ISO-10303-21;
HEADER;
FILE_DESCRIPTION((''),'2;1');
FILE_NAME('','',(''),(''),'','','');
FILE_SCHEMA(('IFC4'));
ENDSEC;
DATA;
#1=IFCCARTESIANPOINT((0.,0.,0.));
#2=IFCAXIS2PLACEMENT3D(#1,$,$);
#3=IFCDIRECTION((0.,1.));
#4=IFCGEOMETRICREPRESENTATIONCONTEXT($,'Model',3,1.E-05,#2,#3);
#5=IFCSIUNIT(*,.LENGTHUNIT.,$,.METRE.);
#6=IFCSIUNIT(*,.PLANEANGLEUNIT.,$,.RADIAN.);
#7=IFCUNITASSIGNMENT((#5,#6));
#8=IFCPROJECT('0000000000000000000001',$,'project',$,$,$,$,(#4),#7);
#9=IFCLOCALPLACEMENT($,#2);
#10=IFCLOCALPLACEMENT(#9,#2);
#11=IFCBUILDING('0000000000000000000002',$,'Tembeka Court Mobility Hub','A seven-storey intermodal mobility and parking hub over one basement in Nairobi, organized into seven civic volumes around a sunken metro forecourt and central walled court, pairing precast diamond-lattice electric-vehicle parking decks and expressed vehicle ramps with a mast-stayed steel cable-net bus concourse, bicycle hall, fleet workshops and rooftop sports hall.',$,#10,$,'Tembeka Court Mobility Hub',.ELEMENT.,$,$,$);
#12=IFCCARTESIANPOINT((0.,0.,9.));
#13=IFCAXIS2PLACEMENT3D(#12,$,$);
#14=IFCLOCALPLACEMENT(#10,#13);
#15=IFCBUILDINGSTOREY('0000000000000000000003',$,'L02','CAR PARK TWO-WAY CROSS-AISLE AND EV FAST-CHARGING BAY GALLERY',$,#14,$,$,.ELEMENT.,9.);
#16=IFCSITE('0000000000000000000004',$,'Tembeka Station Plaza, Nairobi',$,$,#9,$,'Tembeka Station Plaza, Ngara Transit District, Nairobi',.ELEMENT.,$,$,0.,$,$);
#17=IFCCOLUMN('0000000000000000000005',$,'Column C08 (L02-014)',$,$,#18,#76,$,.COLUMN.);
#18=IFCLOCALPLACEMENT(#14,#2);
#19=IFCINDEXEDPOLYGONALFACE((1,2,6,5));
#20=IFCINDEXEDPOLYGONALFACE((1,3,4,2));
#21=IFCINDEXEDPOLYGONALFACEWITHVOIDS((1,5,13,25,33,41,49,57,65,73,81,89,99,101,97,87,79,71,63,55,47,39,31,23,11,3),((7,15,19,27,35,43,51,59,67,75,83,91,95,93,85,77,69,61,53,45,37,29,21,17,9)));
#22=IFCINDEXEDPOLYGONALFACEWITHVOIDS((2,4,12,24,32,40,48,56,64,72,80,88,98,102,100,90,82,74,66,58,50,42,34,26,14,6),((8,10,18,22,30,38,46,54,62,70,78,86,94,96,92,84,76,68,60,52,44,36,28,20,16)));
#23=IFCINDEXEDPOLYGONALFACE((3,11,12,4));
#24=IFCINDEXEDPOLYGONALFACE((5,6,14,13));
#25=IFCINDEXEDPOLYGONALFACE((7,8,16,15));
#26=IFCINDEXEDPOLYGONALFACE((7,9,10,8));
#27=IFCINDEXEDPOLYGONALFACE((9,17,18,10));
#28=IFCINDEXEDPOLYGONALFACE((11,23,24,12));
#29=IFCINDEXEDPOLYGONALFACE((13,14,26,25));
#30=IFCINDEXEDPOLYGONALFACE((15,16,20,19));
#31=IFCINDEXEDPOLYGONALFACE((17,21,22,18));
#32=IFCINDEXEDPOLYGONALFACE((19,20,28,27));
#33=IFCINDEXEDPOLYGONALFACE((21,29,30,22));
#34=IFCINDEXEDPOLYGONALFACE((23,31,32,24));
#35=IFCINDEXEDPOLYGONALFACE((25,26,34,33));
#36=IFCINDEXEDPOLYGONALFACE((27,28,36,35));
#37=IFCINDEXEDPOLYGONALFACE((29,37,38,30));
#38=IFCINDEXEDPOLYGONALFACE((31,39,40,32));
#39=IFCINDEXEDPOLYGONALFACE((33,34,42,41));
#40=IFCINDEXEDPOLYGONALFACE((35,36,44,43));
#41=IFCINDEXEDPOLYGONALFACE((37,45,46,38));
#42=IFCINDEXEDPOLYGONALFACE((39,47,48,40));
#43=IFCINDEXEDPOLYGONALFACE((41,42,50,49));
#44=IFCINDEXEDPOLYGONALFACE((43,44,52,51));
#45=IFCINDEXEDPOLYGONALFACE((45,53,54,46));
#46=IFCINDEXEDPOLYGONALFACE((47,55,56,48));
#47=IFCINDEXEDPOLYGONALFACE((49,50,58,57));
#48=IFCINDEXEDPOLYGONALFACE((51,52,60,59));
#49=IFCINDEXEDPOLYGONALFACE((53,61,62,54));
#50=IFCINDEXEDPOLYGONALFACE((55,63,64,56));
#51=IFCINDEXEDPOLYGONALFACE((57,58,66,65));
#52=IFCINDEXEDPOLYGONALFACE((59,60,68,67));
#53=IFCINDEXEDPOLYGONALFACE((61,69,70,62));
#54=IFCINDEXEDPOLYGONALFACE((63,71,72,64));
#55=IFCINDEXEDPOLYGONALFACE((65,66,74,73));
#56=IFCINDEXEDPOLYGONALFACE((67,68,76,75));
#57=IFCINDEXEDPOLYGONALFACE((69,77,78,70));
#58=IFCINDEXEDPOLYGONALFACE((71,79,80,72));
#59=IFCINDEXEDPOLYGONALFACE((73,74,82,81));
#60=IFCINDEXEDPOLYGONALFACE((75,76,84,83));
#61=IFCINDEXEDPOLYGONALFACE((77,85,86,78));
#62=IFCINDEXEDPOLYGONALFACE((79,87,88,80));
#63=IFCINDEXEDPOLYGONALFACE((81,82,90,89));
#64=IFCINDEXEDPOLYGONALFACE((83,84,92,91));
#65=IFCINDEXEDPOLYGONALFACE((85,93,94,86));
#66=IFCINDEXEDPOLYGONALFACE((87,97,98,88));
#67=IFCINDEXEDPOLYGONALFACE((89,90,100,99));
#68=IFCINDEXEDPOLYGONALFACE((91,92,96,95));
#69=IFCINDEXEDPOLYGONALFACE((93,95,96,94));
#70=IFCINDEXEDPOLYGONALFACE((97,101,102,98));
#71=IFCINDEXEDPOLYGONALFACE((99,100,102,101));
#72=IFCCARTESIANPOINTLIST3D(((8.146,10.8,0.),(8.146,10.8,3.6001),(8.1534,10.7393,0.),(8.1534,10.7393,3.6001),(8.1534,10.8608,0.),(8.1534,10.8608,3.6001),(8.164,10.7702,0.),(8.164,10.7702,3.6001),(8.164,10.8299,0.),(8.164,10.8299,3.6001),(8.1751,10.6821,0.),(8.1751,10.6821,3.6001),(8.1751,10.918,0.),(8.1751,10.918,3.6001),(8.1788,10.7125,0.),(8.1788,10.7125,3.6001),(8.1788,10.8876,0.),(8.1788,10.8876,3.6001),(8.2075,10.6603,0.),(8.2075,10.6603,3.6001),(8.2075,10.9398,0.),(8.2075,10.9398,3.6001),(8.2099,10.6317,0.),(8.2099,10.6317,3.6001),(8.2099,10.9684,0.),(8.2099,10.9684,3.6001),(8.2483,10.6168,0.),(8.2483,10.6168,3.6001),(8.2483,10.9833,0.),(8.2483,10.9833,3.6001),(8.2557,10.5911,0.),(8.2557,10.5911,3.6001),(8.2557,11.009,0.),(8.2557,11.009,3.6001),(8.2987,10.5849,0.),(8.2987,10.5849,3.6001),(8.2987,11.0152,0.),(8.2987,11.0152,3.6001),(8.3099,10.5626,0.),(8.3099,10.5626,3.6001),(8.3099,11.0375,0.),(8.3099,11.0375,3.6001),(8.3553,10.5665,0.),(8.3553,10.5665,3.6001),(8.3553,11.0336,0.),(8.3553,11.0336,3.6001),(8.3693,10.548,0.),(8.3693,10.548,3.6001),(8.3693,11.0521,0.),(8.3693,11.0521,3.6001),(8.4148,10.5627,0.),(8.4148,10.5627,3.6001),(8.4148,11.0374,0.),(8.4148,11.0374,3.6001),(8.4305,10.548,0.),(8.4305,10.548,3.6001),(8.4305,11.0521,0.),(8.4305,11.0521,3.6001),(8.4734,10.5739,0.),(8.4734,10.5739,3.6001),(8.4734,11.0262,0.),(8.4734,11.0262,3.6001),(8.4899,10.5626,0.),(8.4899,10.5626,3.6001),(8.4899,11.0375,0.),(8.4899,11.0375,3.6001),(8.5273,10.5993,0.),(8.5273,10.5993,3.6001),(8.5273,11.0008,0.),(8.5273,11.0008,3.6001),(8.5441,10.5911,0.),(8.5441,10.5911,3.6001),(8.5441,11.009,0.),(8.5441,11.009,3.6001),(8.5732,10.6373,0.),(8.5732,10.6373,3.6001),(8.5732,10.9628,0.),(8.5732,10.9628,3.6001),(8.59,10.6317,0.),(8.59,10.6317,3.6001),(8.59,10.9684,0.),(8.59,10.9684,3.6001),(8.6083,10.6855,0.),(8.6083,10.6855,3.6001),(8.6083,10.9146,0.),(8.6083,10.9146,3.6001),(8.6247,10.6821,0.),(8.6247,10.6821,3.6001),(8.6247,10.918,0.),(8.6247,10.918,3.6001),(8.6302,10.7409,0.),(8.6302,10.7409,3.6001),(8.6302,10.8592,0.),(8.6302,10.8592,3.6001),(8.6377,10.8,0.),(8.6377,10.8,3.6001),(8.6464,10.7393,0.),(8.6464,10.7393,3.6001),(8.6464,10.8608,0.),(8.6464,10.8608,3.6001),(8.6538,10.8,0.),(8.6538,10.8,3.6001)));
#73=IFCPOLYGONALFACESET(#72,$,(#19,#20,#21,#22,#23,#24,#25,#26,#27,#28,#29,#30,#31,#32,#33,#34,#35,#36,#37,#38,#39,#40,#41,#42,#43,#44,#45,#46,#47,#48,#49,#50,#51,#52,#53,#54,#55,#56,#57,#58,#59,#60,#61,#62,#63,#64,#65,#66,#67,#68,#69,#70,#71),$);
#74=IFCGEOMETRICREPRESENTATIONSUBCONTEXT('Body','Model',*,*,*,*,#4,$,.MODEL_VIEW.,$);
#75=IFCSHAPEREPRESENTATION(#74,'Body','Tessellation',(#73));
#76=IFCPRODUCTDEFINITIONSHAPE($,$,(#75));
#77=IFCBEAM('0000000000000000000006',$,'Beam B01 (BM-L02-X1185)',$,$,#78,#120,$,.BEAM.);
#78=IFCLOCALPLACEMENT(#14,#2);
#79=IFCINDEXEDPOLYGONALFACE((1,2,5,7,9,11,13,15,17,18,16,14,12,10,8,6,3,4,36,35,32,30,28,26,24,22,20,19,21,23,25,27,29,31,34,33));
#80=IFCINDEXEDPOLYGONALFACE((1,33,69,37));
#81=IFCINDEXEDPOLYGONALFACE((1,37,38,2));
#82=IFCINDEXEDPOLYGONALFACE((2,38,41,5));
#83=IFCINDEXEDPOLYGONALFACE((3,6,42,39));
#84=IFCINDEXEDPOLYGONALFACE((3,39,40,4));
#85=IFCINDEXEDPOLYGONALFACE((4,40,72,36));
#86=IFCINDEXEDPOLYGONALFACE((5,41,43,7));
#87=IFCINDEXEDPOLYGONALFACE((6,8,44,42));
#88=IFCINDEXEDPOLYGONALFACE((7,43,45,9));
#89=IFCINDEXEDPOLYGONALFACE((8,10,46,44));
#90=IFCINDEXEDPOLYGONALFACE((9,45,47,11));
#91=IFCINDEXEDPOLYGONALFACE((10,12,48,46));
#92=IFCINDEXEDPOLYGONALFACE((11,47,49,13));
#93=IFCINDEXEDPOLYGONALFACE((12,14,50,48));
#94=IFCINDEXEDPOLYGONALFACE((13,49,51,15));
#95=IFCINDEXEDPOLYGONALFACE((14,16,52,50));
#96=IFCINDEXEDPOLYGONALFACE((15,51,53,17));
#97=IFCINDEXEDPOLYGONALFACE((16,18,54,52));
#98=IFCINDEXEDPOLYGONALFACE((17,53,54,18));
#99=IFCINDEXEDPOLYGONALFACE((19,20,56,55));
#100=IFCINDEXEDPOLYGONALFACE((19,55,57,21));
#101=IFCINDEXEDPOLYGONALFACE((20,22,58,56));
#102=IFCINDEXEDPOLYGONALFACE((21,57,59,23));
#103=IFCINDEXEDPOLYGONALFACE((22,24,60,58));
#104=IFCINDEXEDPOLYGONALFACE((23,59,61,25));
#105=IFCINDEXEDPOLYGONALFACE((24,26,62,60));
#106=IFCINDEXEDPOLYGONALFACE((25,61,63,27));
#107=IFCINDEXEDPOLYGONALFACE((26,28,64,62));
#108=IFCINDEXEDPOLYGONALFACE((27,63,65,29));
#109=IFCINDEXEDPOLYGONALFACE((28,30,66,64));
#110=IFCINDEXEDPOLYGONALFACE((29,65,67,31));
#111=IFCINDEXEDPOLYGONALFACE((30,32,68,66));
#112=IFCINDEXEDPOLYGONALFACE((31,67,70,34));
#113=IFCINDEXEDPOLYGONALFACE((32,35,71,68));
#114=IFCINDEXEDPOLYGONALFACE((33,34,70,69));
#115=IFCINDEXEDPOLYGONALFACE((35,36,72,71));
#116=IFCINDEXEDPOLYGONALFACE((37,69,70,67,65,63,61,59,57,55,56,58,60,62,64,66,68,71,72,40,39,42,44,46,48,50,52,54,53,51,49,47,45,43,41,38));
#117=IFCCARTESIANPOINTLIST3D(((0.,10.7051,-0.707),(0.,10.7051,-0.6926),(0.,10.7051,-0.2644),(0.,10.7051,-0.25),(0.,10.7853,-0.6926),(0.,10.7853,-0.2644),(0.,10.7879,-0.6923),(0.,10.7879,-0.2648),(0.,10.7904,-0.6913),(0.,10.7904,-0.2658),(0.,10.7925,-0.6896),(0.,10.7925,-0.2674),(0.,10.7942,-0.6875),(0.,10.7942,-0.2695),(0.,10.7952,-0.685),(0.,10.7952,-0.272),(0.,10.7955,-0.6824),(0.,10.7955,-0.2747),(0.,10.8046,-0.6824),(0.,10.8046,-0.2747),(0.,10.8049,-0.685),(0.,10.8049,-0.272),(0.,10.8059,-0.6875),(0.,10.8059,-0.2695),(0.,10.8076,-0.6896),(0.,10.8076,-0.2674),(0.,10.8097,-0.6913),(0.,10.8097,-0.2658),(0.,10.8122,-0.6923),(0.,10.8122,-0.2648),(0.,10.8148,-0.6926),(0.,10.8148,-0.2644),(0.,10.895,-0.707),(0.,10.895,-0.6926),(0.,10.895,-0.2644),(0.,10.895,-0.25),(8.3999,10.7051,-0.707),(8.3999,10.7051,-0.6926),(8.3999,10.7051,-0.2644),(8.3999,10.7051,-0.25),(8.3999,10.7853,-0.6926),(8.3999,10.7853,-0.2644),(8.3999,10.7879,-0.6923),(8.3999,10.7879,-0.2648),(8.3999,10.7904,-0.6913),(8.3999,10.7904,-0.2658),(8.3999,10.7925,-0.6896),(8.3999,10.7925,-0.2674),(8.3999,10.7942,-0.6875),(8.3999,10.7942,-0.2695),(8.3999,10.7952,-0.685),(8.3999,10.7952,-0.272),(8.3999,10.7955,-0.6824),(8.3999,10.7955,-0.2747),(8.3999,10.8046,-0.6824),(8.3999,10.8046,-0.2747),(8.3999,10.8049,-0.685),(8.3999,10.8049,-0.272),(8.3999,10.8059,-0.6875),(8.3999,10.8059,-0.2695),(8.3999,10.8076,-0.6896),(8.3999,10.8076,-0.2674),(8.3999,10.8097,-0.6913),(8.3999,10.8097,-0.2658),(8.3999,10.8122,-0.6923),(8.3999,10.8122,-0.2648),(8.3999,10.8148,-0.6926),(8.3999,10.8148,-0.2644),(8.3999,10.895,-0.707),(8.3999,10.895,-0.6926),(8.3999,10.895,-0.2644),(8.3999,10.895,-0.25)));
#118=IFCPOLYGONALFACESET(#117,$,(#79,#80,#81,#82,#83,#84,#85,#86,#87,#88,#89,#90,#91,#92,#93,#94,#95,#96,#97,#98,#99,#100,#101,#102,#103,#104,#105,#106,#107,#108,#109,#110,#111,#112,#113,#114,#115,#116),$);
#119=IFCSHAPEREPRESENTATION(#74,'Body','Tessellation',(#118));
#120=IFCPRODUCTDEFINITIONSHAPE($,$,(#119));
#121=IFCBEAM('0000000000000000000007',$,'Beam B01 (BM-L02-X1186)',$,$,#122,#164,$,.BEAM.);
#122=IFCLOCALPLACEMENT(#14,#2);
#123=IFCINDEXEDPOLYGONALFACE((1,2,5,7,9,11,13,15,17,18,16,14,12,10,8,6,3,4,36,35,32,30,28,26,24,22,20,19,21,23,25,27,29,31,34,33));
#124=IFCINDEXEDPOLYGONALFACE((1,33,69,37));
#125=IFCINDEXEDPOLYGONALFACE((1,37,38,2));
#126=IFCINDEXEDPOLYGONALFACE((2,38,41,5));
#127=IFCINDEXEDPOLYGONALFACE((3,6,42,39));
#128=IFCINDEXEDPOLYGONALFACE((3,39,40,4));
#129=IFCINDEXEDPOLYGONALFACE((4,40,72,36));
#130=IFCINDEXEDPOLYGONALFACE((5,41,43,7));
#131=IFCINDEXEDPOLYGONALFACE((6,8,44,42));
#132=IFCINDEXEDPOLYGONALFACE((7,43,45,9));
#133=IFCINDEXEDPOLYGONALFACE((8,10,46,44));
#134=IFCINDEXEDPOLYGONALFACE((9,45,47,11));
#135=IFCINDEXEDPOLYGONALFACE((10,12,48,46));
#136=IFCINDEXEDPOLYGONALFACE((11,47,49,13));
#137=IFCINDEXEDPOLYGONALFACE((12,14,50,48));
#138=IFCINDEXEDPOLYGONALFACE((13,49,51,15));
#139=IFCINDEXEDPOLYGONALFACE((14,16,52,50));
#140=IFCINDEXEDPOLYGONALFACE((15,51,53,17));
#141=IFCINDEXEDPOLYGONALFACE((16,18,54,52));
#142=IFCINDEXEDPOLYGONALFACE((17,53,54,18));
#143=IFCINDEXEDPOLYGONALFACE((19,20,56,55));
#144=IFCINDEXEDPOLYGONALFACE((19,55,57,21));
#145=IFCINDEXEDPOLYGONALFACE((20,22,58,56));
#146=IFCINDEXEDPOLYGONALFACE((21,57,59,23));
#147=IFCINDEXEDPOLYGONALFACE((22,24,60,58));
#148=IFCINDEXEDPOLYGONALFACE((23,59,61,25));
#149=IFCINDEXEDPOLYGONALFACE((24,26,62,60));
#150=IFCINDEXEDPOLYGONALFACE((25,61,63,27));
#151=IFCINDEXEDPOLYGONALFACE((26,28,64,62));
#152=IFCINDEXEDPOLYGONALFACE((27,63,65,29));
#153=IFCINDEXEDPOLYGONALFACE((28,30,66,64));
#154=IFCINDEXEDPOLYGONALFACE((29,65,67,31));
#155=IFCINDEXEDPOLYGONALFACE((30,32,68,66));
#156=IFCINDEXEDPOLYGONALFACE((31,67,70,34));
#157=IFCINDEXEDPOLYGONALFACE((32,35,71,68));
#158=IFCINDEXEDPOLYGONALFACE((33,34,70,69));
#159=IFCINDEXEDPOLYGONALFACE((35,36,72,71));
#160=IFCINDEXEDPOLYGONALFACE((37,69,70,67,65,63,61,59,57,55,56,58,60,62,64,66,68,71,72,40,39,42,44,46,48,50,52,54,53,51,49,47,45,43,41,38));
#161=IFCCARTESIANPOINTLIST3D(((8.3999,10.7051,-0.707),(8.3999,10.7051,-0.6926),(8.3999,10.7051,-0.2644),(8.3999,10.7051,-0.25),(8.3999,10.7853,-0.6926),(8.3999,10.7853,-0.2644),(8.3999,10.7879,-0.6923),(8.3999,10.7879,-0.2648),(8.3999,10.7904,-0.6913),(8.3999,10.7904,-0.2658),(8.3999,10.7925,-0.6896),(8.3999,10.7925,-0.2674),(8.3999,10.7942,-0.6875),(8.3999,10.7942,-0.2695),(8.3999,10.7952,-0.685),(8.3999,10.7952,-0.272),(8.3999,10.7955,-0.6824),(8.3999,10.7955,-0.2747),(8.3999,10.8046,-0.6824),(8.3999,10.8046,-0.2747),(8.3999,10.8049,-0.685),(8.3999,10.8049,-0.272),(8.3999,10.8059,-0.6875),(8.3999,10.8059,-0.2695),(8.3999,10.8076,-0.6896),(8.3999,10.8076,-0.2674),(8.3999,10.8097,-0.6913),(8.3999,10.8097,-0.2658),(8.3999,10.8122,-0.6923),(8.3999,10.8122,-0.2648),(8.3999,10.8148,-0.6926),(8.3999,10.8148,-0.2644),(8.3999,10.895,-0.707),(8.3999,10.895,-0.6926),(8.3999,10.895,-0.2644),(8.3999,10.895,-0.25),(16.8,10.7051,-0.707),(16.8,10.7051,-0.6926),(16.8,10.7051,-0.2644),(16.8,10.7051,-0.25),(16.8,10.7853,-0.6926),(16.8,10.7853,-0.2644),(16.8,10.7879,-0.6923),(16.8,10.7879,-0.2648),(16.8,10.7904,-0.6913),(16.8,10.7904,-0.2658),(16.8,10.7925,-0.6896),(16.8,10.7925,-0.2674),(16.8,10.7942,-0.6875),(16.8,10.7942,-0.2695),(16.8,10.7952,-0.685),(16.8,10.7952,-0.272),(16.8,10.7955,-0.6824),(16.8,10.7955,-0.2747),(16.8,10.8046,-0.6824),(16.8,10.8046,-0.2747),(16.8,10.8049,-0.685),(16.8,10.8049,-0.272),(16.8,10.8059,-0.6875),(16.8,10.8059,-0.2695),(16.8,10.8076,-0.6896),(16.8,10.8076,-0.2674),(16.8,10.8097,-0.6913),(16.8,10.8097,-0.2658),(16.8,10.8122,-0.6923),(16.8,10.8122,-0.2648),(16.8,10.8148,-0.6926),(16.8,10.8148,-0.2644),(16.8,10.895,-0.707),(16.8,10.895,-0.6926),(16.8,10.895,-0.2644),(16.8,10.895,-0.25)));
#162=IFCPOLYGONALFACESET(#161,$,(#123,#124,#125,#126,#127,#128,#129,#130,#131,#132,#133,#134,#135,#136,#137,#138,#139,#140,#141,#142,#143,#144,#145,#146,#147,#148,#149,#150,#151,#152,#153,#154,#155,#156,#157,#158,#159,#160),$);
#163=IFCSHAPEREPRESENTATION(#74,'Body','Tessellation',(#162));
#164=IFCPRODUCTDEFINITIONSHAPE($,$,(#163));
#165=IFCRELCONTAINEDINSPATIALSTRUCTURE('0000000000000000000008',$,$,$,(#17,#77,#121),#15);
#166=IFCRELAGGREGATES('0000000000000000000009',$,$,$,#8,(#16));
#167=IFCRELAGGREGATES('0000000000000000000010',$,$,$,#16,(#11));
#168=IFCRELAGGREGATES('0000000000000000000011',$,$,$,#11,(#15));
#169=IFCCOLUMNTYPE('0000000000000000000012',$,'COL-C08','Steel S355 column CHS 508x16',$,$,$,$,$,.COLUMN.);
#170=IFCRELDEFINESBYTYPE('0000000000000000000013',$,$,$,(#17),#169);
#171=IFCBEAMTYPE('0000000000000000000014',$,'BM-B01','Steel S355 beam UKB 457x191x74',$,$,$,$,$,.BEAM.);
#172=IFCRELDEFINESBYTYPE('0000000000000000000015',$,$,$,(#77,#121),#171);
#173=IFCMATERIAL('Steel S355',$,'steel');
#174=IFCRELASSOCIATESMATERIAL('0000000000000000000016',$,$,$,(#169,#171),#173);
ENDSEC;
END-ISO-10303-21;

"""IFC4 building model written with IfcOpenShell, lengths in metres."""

from ifc_helpers import new_model, si_unit, direction, frame, origin, origin_2d, place, context, subcontext, project, spatial, hollow_circle, i_section, extrude, material, material_profile, profile_set, type_object, element, save


model = new_model("IFC4")

# Units and contexts
model_context = context("Model", 3, precision=1e-05, world=origin(), true_north=direction((0.0, 1.0)))
body_context = subcontext(model_context, "Body", "Model", "MODEL_VIEW")
ifc_project = project(units=[si_unit("LENGTHUNIT", "METRE"), si_unit("PLANEANGLEUNIT", "RADIAN")], contexts=[model_context])

# Site, building, storey
site_placement = place(None, origin())
site = spatial("IfcSite", under=ifc_project, at=site_placement, Name="Tembeka Station Plaza, Nairobi", LongName="Tembeka Station Plaza, Ngara Transit District, Nairobi", CompositionType="ELEMENT", RefElevation=0.0)
building_placement = place(site_placement, origin())
building = spatial("IfcBuilding", under=site, at=building_placement, Name="Tembeka Court Mobility Hub", Description="A seven-storey intermodal mobility and parking hub over one basement in Nairobi, organized into seven civic volumes around a sunken metro forecourt and central walled court, pairing precast diamond-lattice electric-vehicle parking decks and expressed vehicle ramps with a mast-stayed steel cable-net bus concourse, bicycle hall, fleet workshops and rooftop sports hall.", LongName="Tembeka Court Mobility Hub", CompositionType="ELEMENT")
storey_placement = place(building_placement, frame((0.0, 0.0, 9.0)))
storey = spatial("IfcBuildingStorey", under=building, at=storey_placement, Name="L02", Description="CAR PARK TWO-WAY CROSS-AISLE AND EV FAST-CHARGING BAY GALLERY", CompositionType="ELEMENT", Elevation=9.0)

# Column
ifc_material_1 = material(Name="Steel S355", Category="steel")
ifc_material_profile_1 = material_profile(ifc_material_1, hollow_circle(Radius=0.2539, WallThickness=0.0161, at=origin_2d()), Name="CHS 508x16")
ifc_profile_set_1 = profile_set([ifc_material_profile_1], Name="Steel S355")
column_type_1 = type_object("IfcColumnType", Name="COL-C08", Description="Steel S355 column CHS 508x16", PredefinedType="COLUMN", material=ifc_profile_set_1)
for number, where, z_axis, x_axis, name in (
    (1, (8.3999, 10.8, 0.0), (0.0, 0.0, 1.0), (1.0, 0.0, 0.0), "Column C08 (L02-014)"),
):
    element("IfcColumn", number, at=place(storey_placement, frame(where, z_axis=z_axis, x_axis=x_axis)), inside=storey, type_object=column_type_1, Name=name, PredefinedType="COLUMN", context=body_context, shape_type="SweptSolid", body=[
        extrude(hollow_circle(Radius=0.2539, WallThickness=0.0161, at=origin_2d()), origin(), (0.0, 0.0, 1.0), 3.6001),
    ])

# Beams
ifc_material_profile_2 = material_profile(ifc_material_1, i_section(OverallWidth=0.1899, OverallDepth=0.457, WebThickness=0.009, FlangeThickness=0.0144, FilletRadius=0.0103, at=origin_2d()), Name="UKB 457x191x74")
ifc_profile_set_2 = profile_set([ifc_material_profile_2], Name="Steel S355")
beam_type_1 = type_object("IfcBeamType", Name="BM-B01", Description="Steel S355 beam UKB 457x191x74", PredefinedType="BEAM", material=ifc_profile_set_2)
beam_1_placement = place(storey_placement, frame((0.0, 10.8, -0.4785), z_axis=(1.0, 0.0, 0.0), x_axis=(0.0, 1.0, 0.0)))
element("IfcBeam", 2, at=beam_1_placement, inside=storey, type_object=beam_type_1, Name="Beam B01 (BM-L02-X1185)", PredefinedType="BEAM", context=body_context, shape_type="SweptSolid", body=[
    extrude(i_section(OverallWidth=0.1899, OverallDepth=0.457, WebThickness=0.009, FlangeThickness=0.0144, FilletRadius=0.0103, at=origin_2d()), origin(), (0.0, 0.0, 1.0), 8.3999),
])
beam_2_placement = place(storey_placement, frame((8.3999, 10.8, -0.4785), z_axis=(1.0, 0.0, 0.0), x_axis=(0.0, 1.0, 0.0)))
element("IfcBeam", 3, at=beam_2_placement, inside=storey, type_object=beam_type_1, Name="Beam B01 (BM-L02-X1186)", PredefinedType="BEAM", context=body_context, shape_type="SweptSolid", body=[
    extrude(i_section(OverallWidth=0.1899, OverallDepth=0.457, WebThickness=0.009, FlangeThickness=0.0144, FilletRadius=0.0103, at=origin_2d()), origin(), (0.0, 0.0, 1.0), 8.4001),
])

save(model, "model.ifc")
